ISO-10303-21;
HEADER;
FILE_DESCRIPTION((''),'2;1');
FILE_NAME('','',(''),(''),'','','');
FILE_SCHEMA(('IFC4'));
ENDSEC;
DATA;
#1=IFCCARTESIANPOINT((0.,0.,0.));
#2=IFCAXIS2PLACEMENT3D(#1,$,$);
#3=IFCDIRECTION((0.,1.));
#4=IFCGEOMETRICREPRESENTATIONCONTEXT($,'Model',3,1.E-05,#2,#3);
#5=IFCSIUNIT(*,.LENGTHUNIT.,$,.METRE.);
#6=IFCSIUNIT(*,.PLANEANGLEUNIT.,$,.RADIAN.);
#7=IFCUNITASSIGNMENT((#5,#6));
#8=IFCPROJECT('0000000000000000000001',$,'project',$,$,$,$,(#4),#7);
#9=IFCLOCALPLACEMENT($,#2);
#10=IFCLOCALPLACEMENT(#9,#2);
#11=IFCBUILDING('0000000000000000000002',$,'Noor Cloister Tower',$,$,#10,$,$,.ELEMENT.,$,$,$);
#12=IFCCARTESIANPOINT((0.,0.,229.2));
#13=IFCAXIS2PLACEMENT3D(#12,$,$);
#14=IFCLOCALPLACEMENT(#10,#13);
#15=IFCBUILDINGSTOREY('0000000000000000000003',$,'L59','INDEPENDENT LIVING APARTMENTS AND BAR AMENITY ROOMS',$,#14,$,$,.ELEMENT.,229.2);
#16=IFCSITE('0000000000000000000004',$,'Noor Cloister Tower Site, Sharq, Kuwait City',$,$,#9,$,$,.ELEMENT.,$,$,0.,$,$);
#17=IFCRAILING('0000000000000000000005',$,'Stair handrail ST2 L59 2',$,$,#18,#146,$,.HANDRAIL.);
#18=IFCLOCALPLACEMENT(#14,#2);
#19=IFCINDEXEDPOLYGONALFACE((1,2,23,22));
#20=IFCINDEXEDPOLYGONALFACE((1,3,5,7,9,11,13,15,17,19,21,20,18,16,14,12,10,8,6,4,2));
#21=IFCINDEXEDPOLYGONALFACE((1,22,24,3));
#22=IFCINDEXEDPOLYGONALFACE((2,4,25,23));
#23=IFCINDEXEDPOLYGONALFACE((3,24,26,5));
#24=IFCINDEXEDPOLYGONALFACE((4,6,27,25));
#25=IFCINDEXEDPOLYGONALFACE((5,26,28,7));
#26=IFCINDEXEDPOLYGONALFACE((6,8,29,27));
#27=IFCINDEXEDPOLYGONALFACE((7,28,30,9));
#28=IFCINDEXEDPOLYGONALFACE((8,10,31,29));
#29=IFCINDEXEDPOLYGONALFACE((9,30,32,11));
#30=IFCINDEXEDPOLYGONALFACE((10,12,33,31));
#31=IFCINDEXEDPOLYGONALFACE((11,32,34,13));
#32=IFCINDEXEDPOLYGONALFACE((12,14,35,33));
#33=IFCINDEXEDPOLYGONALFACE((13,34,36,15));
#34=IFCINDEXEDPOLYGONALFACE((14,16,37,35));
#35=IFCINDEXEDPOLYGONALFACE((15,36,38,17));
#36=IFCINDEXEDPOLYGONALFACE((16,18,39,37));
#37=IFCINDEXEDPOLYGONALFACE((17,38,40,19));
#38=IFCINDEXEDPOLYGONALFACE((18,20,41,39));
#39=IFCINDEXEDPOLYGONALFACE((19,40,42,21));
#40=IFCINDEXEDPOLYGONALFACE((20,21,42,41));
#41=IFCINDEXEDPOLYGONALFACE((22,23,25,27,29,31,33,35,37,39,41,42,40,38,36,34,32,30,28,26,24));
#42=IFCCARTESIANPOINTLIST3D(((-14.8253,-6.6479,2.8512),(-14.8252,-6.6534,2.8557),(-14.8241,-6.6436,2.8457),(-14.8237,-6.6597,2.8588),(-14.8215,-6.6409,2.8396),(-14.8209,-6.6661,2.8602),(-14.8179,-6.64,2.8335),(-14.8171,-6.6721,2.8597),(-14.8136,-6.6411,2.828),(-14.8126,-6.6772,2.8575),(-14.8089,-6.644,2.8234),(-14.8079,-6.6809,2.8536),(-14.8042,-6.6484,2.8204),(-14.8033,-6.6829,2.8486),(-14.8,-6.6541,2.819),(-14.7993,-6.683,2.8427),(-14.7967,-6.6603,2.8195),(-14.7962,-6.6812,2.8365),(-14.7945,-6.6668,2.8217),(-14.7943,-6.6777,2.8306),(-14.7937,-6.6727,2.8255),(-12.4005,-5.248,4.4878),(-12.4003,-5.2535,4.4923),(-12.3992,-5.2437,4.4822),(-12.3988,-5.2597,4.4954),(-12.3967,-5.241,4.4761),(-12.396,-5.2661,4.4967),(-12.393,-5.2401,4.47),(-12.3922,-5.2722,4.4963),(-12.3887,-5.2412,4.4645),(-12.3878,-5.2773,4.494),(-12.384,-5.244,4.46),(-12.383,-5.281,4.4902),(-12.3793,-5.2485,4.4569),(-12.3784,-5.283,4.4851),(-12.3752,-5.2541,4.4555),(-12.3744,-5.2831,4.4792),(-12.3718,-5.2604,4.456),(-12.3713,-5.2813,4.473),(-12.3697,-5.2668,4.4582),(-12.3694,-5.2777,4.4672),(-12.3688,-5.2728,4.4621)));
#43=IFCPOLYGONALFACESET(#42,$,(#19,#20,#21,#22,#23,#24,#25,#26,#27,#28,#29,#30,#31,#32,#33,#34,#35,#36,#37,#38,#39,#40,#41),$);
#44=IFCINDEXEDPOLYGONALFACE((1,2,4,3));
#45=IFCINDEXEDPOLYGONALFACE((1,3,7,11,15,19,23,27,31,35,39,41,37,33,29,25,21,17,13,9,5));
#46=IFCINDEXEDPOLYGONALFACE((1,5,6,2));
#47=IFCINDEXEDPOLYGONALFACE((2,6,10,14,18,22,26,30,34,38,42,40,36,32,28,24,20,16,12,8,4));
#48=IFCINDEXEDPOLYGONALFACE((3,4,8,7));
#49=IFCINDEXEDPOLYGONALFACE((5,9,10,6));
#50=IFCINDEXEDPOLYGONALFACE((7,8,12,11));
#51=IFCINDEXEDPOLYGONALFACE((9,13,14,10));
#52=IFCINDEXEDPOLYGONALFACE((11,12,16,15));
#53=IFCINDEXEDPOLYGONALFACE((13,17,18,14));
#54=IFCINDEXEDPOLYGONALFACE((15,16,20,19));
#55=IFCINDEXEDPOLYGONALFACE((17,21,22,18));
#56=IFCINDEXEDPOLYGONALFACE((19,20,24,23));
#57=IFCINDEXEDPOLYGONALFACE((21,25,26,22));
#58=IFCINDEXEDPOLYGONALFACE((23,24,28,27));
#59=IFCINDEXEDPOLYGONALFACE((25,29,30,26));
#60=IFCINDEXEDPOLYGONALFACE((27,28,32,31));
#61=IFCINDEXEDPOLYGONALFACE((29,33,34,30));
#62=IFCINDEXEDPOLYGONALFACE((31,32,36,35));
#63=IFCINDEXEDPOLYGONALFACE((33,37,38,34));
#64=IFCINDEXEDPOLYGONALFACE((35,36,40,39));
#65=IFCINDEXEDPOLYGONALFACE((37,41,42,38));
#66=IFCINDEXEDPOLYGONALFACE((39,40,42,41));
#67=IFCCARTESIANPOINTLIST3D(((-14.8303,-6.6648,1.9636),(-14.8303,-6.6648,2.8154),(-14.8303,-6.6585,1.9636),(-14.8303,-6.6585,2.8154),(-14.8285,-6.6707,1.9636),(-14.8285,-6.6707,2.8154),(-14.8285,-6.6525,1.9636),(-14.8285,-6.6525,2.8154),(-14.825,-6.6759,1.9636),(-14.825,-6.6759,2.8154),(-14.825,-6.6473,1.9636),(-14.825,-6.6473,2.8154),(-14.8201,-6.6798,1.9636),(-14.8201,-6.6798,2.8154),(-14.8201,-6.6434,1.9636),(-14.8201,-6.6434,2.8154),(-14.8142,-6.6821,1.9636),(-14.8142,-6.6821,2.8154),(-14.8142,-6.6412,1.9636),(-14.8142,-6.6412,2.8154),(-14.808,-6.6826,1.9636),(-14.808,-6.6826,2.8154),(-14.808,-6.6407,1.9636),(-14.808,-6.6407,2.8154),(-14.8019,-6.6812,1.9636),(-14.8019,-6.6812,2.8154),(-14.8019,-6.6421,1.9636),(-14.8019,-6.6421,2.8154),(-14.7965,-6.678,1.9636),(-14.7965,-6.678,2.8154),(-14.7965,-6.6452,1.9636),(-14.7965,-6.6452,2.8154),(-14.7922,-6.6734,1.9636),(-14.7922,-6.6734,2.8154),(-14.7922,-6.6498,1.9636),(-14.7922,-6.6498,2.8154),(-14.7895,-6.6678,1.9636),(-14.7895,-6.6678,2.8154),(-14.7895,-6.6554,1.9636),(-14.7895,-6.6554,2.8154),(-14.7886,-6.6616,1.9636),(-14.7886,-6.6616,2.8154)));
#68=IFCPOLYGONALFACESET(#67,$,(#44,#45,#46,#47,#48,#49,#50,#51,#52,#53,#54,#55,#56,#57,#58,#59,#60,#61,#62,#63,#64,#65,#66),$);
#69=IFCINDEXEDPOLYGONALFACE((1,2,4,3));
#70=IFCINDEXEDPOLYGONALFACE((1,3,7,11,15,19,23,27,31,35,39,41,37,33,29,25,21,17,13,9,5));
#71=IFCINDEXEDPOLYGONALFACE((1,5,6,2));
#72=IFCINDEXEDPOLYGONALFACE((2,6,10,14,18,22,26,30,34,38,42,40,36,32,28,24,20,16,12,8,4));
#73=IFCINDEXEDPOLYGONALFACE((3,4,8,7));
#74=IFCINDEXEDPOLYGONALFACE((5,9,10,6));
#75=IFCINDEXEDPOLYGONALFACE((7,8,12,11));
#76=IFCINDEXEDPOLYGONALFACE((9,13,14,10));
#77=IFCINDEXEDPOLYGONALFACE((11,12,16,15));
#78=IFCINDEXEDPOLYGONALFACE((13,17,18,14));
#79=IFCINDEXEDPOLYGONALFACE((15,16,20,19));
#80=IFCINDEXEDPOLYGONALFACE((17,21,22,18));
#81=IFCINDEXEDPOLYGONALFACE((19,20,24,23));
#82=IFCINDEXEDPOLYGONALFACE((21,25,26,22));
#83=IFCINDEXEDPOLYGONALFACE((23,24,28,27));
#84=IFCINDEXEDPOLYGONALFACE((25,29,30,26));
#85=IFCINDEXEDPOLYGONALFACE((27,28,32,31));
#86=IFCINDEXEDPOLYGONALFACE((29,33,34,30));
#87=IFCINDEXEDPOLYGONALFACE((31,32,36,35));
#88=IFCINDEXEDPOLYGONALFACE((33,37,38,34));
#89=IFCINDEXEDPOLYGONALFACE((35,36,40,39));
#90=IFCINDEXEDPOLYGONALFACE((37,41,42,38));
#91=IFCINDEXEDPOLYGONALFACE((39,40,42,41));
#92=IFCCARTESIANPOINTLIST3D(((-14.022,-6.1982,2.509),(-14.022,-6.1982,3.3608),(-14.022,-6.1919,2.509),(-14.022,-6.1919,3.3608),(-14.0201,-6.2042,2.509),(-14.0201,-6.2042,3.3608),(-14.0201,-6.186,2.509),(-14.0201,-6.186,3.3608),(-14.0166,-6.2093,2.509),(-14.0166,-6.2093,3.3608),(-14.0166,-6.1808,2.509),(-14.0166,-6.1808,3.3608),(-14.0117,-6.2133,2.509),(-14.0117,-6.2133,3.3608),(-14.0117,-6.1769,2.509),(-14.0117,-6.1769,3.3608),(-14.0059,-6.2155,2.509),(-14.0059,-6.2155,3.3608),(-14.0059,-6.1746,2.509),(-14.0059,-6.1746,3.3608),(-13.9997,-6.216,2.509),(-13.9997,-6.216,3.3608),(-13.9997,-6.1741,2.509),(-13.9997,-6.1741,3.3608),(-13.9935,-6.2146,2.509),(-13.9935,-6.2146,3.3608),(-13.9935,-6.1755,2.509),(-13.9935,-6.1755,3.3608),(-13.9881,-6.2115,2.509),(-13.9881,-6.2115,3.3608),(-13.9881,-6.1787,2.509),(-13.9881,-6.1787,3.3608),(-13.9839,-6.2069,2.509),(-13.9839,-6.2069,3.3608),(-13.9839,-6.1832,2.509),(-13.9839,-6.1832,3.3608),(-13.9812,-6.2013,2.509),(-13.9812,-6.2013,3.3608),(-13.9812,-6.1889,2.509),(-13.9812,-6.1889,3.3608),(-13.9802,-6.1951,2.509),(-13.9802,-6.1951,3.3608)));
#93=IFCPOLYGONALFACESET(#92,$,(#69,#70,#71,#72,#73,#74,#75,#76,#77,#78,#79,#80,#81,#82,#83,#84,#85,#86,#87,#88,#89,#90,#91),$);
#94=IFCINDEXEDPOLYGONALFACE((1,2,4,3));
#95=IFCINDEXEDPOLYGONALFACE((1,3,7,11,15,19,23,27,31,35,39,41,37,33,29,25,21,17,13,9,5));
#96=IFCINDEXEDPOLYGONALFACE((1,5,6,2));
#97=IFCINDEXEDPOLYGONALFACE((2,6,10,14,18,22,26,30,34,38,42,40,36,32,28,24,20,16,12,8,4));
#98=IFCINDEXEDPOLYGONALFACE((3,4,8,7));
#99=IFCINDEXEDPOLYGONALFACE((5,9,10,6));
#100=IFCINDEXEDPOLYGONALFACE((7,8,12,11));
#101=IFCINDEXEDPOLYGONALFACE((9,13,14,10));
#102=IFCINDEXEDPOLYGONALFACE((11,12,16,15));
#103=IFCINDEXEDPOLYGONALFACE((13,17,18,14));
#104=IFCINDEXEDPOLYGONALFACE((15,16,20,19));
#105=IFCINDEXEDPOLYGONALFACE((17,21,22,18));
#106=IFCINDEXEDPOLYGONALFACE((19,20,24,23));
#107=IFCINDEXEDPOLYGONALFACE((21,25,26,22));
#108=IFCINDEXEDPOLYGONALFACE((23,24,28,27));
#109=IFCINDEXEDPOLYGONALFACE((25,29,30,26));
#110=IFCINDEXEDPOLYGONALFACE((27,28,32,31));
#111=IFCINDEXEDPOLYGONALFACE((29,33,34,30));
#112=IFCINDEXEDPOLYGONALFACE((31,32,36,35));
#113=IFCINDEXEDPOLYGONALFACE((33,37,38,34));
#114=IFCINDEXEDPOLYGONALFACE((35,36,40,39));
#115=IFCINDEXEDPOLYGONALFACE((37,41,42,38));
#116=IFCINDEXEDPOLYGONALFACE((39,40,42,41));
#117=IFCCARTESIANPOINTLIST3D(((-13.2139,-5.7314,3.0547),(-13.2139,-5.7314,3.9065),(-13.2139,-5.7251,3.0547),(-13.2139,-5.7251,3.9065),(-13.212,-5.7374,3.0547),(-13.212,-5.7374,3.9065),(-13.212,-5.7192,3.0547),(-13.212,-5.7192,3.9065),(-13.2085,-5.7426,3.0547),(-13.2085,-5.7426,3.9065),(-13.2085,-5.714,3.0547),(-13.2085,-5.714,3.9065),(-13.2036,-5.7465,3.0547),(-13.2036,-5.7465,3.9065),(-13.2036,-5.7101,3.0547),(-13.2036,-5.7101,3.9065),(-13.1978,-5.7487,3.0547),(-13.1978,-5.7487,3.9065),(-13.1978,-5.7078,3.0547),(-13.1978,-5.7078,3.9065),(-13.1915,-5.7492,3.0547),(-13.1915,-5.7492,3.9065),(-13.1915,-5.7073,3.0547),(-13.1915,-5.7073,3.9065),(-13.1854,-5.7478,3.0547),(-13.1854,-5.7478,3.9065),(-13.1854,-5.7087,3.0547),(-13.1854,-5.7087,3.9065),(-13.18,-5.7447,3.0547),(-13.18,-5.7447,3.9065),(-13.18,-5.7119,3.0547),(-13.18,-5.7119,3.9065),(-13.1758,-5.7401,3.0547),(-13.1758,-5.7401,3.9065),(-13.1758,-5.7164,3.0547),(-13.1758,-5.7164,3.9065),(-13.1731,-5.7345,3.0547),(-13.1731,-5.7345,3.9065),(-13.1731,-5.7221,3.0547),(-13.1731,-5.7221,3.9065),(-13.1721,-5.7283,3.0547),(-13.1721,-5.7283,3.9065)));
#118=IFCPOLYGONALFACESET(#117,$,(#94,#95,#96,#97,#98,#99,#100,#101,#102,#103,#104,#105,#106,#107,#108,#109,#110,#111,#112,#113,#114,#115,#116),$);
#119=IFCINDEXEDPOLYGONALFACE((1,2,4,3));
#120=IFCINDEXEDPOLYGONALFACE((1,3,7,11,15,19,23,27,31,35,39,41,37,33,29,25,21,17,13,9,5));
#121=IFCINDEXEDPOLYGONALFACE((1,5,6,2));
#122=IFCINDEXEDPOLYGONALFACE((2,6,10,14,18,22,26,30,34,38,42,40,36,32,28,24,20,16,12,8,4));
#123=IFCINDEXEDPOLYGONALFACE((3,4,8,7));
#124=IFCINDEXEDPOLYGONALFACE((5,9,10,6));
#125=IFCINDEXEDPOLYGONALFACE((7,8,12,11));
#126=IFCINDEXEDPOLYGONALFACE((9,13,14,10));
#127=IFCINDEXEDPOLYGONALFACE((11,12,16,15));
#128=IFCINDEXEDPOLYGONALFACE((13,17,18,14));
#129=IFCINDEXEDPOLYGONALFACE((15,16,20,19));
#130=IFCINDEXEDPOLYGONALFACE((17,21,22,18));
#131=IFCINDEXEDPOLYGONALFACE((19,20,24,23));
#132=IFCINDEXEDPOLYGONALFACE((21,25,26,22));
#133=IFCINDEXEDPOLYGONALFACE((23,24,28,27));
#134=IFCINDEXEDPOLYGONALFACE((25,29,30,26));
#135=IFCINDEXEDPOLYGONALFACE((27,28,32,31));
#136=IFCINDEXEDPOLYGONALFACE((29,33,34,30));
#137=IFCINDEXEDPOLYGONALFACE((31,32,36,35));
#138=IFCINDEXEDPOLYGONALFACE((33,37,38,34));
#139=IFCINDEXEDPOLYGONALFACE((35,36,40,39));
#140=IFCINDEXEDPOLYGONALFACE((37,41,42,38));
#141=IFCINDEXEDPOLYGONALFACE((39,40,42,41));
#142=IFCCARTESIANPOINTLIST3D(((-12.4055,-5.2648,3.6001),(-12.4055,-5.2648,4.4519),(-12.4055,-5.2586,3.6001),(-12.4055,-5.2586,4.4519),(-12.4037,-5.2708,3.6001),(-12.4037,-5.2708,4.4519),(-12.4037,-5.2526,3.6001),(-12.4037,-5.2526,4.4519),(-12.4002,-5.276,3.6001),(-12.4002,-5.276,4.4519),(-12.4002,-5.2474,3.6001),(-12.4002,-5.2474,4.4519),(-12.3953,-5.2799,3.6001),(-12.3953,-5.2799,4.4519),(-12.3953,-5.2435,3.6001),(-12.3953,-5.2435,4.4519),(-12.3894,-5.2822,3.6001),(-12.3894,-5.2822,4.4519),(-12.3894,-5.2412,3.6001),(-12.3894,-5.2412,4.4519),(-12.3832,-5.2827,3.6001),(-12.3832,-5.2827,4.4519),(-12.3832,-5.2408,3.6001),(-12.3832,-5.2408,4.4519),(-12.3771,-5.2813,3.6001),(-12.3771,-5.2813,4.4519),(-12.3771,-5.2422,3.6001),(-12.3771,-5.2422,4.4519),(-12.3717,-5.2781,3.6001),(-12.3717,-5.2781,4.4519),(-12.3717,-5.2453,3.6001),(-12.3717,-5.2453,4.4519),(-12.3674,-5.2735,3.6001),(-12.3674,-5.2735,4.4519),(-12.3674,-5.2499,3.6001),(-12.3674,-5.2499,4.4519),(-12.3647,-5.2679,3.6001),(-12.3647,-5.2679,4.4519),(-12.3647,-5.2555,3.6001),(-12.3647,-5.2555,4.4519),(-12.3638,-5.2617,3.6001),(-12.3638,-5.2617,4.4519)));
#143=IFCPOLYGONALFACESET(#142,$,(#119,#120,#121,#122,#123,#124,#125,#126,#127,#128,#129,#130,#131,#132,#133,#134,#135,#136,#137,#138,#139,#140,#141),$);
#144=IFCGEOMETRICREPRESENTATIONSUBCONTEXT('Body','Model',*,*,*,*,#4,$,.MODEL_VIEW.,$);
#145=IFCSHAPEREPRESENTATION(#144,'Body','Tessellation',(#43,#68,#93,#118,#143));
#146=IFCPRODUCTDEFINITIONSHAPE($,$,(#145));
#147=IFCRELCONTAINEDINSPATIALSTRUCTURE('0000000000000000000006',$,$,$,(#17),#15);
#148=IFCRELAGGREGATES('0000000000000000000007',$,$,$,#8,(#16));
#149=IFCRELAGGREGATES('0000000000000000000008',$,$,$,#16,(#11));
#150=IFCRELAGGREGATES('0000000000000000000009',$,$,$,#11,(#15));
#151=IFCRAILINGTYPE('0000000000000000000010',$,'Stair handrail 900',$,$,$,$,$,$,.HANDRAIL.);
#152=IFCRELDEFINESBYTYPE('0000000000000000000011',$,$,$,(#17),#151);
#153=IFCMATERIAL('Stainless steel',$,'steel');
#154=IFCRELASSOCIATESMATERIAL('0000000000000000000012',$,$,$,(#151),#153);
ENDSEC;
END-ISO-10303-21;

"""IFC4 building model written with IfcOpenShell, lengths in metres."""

from ifc_helpers import new_model, si_unit, direction, frame, origin, origin_2d, place, context, subcontext, project, spatial, circle, extrude, material, type_object, element, save


model = new_model("IFC4")

# Units and contexts
model_context = context("Model", 3, precision=1e-05, world=origin(), true_north=direction((0.0, 1.0)))
body_context = subcontext(model_context, "Body", "Model", "MODEL_VIEW")
ifc_project = project(units=[si_unit("LENGTHUNIT", "METRE"), si_unit("PLANEANGLEUNIT", "RADIAN")], contexts=[model_context])

# Site, building, storey
site_placement = place(None, origin())
site = spatial("IfcSite", under=ifc_project, at=site_placement, Name="Noor Cloister Tower Site, Sharq, Kuwait City", CompositionType="ELEMENT", RefElevation=0.0)
building_placement = place(site_placement, origin())
building = spatial("IfcBuilding", under=site, at=building_placement, Name="Noor Cloister Tower", CompositionType="ELEMENT")
storey_placement = place(building_placement, frame((0.0, 0.0, 229.2)))
storey = spatial("IfcBuildingStorey", under=building, at=storey_placement, Name="L59", Description="INDEPENDENT LIVING APARTMENTS AND BAR AMENITY ROOMS", CompositionType="ELEMENT", Elevation=229.2)

# Railing
ifc_material_1 = material(Name="Stainless steel", Category="steel")
railing_type = type_object("IfcRailingType", Name="Stair handrail 900", PredefinedType="HANDRAIL", material=ifc_material_1)
railing_placement = place(storey_placement, frame((-14.8096, -6.6616, 1.9636)))
element("IfcRailing", 1, at=railing_placement, inside=storey, type_object=railing_type, Name="Stair handrail ST2 L59 2", PredefinedType="HANDRAIL", context=body_context, shape_type="SweptSolid", body=[
    extrude(circle(Radius=0.0239, at=origin_2d()), frame((0.0, 0.0, 0.876), z_axis=(0.74769, 0.431661, 0.504608), x_axis=(-0.499984, 0.866035, 0.0)), (0.0, 0.0, 1.0), 3.2432),
    extrude(circle(Radius=0.021, at=origin_2d()), origin(), (0.0, 0.0, 1.0), 0.8518),
    extrude(circle(Radius=0.021, at=origin_2d()), frame((0.8083, 0.4666, 0.5454)), (0.0, 0.0, 1.0), 0.8518),
    extrude(circle(Radius=0.021, at=origin_2d()), frame((1.6165, 0.9333, 1.0911)), (0.0, 0.0, 1.0), 0.8518),
    extrude(circle(Radius=0.021, at=origin_2d()), frame((2.4248, 1.3999, 1.6365)), (0.0, 0.0, 1.0), 0.8518),
])

save(model, "model.ifc")
